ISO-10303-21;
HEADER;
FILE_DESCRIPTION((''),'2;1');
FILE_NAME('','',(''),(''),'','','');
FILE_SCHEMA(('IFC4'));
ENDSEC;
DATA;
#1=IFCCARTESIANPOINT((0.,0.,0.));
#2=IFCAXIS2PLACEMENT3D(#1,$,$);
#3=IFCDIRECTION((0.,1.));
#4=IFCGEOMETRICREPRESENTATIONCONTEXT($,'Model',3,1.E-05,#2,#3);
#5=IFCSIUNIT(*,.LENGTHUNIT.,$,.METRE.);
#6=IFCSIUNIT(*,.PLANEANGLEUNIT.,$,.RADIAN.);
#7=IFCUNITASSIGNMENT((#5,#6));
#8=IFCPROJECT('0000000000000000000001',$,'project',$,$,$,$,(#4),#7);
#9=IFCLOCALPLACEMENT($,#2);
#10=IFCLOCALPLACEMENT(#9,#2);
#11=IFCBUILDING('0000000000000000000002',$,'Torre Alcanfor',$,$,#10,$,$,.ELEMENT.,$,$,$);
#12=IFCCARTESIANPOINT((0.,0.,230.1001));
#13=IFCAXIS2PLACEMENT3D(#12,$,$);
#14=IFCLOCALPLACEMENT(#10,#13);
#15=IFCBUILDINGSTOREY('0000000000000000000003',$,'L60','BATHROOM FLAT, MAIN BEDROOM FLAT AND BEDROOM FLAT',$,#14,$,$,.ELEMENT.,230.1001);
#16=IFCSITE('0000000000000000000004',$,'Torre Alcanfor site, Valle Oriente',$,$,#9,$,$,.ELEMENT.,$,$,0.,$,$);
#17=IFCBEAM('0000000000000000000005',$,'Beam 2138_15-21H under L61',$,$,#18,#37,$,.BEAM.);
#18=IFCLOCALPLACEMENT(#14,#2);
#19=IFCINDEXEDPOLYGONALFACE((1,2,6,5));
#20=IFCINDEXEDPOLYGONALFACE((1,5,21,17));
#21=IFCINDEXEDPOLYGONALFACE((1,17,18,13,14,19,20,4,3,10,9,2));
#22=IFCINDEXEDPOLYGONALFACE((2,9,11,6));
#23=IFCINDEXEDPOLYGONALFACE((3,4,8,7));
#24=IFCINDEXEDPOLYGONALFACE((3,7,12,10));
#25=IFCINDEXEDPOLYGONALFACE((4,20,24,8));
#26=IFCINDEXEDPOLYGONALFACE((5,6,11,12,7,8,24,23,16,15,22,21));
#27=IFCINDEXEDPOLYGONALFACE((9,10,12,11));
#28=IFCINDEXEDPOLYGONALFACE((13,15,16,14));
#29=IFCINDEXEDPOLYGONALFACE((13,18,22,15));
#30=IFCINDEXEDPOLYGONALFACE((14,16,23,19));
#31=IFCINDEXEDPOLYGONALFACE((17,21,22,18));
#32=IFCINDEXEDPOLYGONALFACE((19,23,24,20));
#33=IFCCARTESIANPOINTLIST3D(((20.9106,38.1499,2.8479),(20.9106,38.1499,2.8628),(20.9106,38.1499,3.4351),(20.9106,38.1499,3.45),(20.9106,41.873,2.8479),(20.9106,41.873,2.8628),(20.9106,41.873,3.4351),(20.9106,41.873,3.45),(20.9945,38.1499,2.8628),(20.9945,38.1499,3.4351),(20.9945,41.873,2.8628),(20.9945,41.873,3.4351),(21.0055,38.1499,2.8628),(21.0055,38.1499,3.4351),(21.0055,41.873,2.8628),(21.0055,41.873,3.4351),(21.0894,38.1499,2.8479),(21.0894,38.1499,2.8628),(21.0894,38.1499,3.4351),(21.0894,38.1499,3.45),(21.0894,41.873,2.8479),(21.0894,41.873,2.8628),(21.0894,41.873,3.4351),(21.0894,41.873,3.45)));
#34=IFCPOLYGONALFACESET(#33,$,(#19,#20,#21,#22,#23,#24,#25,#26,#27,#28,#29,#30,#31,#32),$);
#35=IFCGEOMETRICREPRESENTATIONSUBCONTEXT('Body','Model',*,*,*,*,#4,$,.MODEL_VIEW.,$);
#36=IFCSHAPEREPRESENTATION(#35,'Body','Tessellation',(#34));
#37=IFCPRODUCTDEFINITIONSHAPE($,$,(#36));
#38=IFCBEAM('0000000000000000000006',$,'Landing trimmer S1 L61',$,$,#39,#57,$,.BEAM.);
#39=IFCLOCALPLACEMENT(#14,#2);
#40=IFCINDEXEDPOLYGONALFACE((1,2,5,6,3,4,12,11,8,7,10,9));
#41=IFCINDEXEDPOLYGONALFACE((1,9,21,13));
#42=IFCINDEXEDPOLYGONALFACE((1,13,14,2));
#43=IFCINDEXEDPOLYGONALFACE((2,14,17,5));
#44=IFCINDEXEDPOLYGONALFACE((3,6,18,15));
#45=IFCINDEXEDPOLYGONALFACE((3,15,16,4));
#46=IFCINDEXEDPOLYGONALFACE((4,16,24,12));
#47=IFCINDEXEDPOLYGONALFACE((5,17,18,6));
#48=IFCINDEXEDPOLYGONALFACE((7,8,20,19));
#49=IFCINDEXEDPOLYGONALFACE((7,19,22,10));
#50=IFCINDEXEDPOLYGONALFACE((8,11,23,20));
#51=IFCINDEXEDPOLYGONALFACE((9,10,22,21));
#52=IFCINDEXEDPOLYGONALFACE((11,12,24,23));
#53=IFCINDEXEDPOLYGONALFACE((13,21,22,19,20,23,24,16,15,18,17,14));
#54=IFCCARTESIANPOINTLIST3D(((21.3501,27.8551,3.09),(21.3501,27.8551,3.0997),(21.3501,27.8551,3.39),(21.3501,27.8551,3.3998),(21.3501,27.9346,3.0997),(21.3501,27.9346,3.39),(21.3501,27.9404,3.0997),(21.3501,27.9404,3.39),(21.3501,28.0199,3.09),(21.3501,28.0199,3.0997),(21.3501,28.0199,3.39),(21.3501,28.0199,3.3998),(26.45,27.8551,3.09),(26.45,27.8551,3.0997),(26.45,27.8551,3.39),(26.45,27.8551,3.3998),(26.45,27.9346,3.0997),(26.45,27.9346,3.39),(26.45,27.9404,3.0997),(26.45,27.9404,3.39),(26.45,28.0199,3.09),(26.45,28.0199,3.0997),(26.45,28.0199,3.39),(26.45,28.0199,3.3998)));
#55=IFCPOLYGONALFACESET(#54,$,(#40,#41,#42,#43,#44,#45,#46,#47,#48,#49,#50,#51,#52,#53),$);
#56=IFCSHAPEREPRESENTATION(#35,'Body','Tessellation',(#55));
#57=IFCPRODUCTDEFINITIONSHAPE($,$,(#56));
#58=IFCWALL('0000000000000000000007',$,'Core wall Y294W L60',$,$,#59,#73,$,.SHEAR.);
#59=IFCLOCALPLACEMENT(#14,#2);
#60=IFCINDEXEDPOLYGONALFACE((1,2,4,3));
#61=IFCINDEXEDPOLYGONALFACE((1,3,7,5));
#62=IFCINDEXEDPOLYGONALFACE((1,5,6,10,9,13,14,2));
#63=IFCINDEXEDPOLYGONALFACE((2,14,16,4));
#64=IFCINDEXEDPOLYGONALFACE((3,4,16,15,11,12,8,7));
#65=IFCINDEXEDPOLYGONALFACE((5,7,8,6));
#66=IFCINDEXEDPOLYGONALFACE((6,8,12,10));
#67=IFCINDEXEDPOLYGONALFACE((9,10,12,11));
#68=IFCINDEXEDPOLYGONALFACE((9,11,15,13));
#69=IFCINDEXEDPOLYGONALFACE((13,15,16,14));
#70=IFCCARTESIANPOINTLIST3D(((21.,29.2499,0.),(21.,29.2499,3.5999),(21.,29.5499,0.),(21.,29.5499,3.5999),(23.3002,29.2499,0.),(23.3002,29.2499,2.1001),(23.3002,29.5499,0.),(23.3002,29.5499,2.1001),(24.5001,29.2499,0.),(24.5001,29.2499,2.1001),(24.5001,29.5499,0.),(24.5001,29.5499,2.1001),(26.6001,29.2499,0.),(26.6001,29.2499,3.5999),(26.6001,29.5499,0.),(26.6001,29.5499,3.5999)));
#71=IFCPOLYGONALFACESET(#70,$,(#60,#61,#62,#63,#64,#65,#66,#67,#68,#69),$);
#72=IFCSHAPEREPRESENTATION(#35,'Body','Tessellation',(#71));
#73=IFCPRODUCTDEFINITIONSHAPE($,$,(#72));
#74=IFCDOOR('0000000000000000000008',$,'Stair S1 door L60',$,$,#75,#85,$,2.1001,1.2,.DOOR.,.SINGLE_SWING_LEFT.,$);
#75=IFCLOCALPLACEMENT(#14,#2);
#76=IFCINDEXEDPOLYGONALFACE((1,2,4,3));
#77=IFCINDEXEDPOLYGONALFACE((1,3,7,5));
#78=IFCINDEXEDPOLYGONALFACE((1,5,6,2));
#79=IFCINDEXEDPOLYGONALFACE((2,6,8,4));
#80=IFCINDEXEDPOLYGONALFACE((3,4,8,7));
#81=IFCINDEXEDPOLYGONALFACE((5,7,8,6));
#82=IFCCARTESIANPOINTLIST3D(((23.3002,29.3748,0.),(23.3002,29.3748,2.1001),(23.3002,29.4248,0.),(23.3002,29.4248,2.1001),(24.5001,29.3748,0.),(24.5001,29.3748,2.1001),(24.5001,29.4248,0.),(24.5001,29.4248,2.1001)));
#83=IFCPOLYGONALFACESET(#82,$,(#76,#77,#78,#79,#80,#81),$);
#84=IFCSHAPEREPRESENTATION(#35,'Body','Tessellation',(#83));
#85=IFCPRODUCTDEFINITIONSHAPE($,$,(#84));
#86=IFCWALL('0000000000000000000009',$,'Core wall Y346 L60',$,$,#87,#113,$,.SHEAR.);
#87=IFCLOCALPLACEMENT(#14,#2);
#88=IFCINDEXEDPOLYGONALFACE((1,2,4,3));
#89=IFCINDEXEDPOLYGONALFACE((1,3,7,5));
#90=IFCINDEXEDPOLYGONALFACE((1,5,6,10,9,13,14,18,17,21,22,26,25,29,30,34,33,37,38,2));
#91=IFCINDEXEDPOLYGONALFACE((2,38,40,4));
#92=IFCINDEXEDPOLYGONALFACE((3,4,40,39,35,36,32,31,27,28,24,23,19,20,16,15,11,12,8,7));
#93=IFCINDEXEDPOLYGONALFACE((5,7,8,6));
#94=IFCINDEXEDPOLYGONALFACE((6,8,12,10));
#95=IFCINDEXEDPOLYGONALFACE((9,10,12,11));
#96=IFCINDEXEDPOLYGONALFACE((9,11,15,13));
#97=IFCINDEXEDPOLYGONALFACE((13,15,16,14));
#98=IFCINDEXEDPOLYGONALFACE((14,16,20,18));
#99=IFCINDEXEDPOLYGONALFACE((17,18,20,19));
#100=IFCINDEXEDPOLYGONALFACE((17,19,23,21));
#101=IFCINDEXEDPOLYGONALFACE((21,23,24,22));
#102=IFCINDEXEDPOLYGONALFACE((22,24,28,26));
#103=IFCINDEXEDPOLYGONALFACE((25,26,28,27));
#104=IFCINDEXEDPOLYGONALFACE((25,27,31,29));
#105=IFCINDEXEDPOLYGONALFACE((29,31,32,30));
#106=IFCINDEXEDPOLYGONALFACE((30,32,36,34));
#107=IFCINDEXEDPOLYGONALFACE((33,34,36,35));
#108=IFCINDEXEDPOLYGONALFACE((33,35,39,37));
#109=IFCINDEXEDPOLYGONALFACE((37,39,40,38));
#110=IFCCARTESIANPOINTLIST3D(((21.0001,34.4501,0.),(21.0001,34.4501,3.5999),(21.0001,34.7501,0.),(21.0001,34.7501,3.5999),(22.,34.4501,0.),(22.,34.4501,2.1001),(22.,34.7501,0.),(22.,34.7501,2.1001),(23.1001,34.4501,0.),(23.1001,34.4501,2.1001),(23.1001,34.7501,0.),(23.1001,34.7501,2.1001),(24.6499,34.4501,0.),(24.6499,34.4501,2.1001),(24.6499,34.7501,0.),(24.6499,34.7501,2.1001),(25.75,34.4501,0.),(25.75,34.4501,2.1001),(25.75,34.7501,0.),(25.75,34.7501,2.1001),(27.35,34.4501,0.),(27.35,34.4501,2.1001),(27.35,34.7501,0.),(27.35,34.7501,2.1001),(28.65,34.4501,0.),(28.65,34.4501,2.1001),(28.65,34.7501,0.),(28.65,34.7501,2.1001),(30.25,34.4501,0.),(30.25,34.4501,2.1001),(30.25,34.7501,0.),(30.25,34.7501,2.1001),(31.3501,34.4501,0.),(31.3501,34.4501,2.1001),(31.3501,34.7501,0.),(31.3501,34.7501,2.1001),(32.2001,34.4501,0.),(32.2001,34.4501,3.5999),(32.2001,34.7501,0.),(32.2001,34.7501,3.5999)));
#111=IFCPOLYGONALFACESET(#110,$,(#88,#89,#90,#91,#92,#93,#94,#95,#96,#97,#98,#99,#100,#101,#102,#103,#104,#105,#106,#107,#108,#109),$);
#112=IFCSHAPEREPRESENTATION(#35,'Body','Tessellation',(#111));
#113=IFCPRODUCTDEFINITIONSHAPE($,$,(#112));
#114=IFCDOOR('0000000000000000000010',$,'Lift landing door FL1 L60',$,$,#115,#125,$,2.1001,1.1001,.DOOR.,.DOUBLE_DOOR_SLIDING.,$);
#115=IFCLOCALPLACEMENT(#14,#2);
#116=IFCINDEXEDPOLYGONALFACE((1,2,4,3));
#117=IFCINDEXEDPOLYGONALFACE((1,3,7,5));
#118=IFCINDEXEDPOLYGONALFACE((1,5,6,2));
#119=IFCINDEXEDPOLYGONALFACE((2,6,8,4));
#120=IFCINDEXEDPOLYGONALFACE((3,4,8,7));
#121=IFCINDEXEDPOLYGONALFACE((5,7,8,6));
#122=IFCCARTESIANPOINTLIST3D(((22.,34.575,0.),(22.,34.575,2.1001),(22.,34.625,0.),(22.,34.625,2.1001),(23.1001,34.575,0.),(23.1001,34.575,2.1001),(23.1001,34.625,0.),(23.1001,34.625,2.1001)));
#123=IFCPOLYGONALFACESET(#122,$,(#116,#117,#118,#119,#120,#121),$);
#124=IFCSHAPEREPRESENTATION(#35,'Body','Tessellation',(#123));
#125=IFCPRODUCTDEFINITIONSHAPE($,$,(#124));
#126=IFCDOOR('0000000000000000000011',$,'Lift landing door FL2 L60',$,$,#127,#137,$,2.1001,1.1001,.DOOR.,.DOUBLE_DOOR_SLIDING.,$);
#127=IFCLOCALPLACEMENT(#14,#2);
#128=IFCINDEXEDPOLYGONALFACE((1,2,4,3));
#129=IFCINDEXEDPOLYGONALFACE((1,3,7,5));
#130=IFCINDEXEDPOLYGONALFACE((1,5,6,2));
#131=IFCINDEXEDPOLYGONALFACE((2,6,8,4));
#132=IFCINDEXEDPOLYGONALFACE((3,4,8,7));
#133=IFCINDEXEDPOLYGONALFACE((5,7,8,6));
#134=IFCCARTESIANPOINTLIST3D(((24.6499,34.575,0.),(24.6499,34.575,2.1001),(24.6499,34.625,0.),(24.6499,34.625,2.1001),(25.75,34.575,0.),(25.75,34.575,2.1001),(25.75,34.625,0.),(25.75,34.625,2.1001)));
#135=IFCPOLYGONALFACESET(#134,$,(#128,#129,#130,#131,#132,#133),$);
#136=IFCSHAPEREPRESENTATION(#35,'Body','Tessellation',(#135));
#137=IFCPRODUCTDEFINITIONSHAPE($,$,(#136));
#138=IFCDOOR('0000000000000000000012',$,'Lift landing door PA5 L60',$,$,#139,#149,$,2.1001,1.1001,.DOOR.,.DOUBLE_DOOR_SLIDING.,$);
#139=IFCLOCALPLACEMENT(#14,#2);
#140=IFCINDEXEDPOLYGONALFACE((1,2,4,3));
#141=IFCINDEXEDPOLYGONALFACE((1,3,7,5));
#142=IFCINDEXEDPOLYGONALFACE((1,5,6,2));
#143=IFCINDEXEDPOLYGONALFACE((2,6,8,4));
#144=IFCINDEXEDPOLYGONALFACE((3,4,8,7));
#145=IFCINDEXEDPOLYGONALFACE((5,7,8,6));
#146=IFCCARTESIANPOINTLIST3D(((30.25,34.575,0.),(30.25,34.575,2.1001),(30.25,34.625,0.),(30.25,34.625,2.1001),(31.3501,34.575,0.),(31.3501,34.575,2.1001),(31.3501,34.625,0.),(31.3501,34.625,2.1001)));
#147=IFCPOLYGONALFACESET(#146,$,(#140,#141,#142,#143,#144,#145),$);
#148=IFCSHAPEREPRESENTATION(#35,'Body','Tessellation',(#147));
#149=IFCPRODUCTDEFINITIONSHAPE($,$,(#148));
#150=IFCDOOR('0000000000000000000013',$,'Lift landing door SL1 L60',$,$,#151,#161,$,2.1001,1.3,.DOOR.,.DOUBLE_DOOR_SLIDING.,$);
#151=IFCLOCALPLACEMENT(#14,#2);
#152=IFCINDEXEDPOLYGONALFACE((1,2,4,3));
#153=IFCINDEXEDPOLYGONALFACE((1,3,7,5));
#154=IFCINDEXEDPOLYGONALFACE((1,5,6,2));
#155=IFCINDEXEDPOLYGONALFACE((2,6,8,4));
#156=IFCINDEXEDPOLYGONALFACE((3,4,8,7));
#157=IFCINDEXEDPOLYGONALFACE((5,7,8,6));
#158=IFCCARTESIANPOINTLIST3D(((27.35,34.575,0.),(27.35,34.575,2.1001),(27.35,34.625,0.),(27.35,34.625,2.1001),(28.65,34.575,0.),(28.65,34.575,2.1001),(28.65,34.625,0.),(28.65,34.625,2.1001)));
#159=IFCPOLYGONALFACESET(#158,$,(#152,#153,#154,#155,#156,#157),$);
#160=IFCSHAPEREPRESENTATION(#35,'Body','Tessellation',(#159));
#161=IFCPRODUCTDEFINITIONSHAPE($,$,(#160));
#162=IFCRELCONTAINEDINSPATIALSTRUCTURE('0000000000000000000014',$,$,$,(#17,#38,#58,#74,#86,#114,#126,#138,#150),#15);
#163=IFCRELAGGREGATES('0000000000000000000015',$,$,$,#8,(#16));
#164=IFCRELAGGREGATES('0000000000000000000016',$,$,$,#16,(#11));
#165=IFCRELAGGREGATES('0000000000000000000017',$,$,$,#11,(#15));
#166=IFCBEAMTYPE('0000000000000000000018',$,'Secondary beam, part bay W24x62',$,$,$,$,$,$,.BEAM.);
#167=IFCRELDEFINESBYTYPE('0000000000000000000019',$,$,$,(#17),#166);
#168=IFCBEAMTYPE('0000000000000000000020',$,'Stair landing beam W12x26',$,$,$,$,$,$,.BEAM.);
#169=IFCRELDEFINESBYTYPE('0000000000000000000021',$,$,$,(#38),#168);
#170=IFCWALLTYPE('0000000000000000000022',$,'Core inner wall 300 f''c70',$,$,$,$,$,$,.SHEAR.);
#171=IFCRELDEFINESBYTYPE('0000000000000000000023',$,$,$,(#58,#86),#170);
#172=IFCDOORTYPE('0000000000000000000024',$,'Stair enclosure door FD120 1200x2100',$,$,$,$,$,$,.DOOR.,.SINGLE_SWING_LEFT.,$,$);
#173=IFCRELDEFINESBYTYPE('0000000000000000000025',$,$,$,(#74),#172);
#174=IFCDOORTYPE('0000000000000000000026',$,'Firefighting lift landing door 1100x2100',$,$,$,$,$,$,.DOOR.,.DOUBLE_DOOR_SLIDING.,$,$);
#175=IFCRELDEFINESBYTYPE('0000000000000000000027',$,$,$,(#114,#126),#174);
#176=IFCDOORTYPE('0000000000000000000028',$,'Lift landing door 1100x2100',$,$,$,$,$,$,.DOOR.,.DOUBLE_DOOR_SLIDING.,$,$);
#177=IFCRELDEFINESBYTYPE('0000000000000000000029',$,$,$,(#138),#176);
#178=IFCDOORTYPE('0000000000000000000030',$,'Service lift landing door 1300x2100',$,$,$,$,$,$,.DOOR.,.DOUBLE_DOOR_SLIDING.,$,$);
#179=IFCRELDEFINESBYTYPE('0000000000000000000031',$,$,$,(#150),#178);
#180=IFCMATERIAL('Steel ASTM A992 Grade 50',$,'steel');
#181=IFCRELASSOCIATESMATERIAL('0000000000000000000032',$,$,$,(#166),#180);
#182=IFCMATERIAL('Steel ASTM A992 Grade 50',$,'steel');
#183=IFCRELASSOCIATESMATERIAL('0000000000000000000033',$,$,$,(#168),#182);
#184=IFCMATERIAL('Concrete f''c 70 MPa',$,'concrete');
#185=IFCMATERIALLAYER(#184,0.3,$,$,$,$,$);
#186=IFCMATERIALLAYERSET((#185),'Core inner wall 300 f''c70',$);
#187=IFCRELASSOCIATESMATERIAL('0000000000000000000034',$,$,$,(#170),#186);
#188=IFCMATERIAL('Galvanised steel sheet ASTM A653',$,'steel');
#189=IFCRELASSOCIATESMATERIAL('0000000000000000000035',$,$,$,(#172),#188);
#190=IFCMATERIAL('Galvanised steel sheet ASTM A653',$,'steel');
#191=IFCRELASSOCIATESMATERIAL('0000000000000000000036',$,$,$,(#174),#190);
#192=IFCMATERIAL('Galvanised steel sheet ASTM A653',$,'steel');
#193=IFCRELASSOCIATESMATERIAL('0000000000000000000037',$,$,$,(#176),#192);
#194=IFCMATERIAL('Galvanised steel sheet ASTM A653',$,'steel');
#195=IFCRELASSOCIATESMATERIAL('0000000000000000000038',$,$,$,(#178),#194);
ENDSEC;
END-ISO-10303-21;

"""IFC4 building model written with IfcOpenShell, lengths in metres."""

from ifc_helpers import new_model, si_unit, direction, frame, frame_2d, origin, origin_2d, place, context, subcontext, project, spatial, rectangle, i_section, extrude, material, layer, layer_set, material_profile, profile_set, type_object, element, fill, save


model = new_model("IFC4")

# Units and contexts
model_context = context("Model", 3, precision=1e-05, world=origin(), true_north=direction((0.0, 1.0)))
body_context = subcontext(model_context, "Body", "Model", "MODEL_VIEW")
ifc_project = project(units=[si_unit("LENGTHUNIT", "METRE"), si_unit("PLANEANGLEUNIT", "RADIAN")], contexts=[model_context])

# Site, building, storey
site_placement = place(None, origin())
site = spatial("IfcSite", under=ifc_project, at=site_placement, Name="Torre Alcanfor site, Valle Oriente", CompositionType="ELEMENT", RefElevation=0.0)
building_placement = place(site_placement, origin())
building = spatial("IfcBuilding", under=site, at=building_placement, Name="Torre Alcanfor", CompositionType="ELEMENT")
storey_placement = place(building_placement, frame((0.0, 0.0, 230.1001)))
storey = spatial("IfcBuildingStorey", under=building, at=storey_placement, Name="L60", Description="BATHROOM FLAT, MAIN BEDROOM FLAT AND BEDROOM FLAT", CompositionType="ELEMENT", Elevation=230.1001)

# Beams
ifc_material_1 = material(Name="Steel ASTM A992 Grade 50", Category="steel")
ifc_material_profile_1 = material_profile(ifc_material_1, i_section(OverallWidth=0.1787, OverallDepth=0.6021, WebThickness=0.011, FlangeThickness=0.0149, at=origin_2d()), Name="W24x62")
ifc_profile_set_1 = profile_set([ifc_material_profile_1], Name="Steel ASTM A992 Grade 50")
beam_type_1 = type_object("IfcBeamType", Name="Secondary beam, part bay W24x62", PredefinedType="BEAM", material=ifc_profile_set_1)
beam_1_placement = place(storey_placement, frame((21.0, 38.1499, 3.1489), z_axis=(0.0, 1.0, 0.0), x_axis=(-1.0, 0.0, 0.0)))
element("IfcBeam", 1, at=beam_1_placement, inside=storey, type_object=beam_type_1, Name="Beam 2138_15-21H under L61", PredefinedType="BEAM", context=body_context, shape_type="SweptSolid", body=[
    extrude(i_section(OverallWidth=0.1787, OverallDepth=0.6021, WebThickness=0.011, FlangeThickness=0.0149, at=origin_2d()), origin(), (0.0, 0.0, 1.0), 3.7231),
])
ifc_material_2 = material(Name="Steel ASTM A992 Grade 50", Category="steel")
ifc_material_profile_2 = material_profile(ifc_material_2, i_section(OverallWidth=0.1648, OverallDepth=0.3098, WebThickness=0.0059, FlangeThickness=0.0098, at=origin_2d()), Name="W12x26")
ifc_profile_set_2 = profile_set([ifc_material_profile_2], Name="Steel ASTM A992 Grade 50")
beam_type_2 = type_object("IfcBeamType", Name="Stair landing beam W12x26", PredefinedType="BEAM", material=ifc_profile_set_2)
beam_2_placement = place(storey_placement, frame((21.3501, 27.9375, 3.2449), z_axis=(1.0, 0.0, 0.0), x_axis=(0.0, 1.0, 0.0)))
element("IfcBeam", 2, at=beam_2_placement, inside=storey, type_object=beam_type_2, Name="Landing trimmer S1 L61", PredefinedType="BEAM", context=body_context, shape_type="SweptSolid", body=[
    extrude(i_section(OverallWidth=0.1648, OverallDepth=0.3098, WebThickness=0.0059, FlangeThickness=0.0098, at=origin_2d()), origin(), (0.0, 0.0, 1.0), 5.0999),
])

# Wall, opening, door
ifc_material_3 = material(Name="Concrete f'c 70 MPa", Category="concrete")
ifc_layer_1 = layer(ifc_material_3, 0.3)
ifc_layer_set_1 = layer_set([ifc_layer_1], Name="Core inner wall 300 f'c70")
wall_type_1 = type_object("IfcWallType", Name="Core inner wall 300 f'c70", PredefinedType="SHEAR", material=ifc_layer_set_1)
wall_1_placement = place(storey_placement, frame((21.0, 29.3999, 0.0), z_axis=(0.0, 0.0, 1.0), x_axis=(1.0, 0.0, 0.0)))
wall_1 = element("IfcWall", 3, at=wall_1_placement, inside=storey, type_object=wall_type_1, Name="Core wall Y294W L60", PredefinedType="SHEAR", context=body_context, shape_type="SweptSolid", body=[
    extrude(rectangle(XDim=5.6001, YDim=0.3, at=frame_2d((2.8, 0.0))), origin(), (0.0, 0.0, 1.0), 3.5999),
])
opening_1_placement = place(wall_1_placement, frame((2.3, 0.0, 0.0)))
opening_1 = element("IfcOpeningElement", 4, at=opening_1_placement, cuts=wall_1, PredefinedType="OPENING", context=body_context, shape_type="SweptSolid", body=[
    extrude(rectangle(XDim=1.2, YDim=2.1001, at=frame_2d((0.6001, 1.05))), frame((0.0, 0.1599, 0.0), z_axis=(0.0, -1.0, 0.0), x_axis=(1.0, 0.0, 0.0)), (0.0, 0.0, 1.0), 0.3201),
])
ifc_material_4 = material(Name="Galvanised steel sheet ASTM A653", Category="steel")
door_type_1 = type_object("IfcDoorType", Name="Stair enclosure door FD120 1200x2100", OperationType="SINGLE_SWING_LEFT", PredefinedType="DOOR", material=ifc_material_4)
door_1_placement = place(opening_1_placement, frame((1.2, 0.0, 0.0), z_axis=(0.0, 0.0, 1.0), x_axis=(-1.0, 0.0, 0.0)))
door_1 = element("IfcDoor", 5, at=door_1_placement, inside=storey, type_object=door_type_1, Name="Stair S1 door L60", OperationType="SINGLE_SWING_LEFT", OverallHeight=2.1001, OverallWidth=1.2, PredefinedType="DOOR", context=body_context, shape_type="SweptSolid", body=[
    extrude(rectangle(XDim=1.2, YDim=2.1001, at=frame_2d((0.5999, 1.05))), frame((0.0, 0.0251, 0.0), z_axis=(0.0, -1.0, 0.0), x_axis=(1.0, 0.0, 0.0)), (0.0, 0.0, 1.0), 0.05),
])
fill(opening_1, door_1)

# Wall, openings, doors
wall_2_placement = place(storey_placement, frame((21.0, 34.6001, 0.0), z_axis=(0.0, 0.0, 1.0), x_axis=(1.0, 0.0, 0.0)))
wall_2 = element("IfcWall", 6, at=wall_2_placement, inside=storey, type_object=wall_type_1, Name="Core wall Y346 L60", PredefinedType="SHEAR", context=body_context, shape_type="SweptSolid", body=[
    extrude(rectangle(XDim=11.2, YDim=0.3, at=frame_2d((5.6001, 0.0))), origin(), (0.0, 0.0, 1.0), 3.5999),
])
opening_2_placement = place(wall_2_placement, frame((9.25, 0.0, 0.0)))
opening_2 = element("IfcOpeningElement", 7, at=opening_2_placement, cuts=wall_2, PredefinedType="OPENING", context=body_context, shape_type="SweptSolid", body=[
    extrude(rectangle(XDim=1.1001, YDim=2.1001, at=frame_2d((0.55, 1.05))), frame((0.0, 0.1599, 0.0), z_axis=(0.0, -1.0, 0.0), x_axis=(1.0, 0.0, 0.0)), (0.0, 0.0, 1.0), 0.3201),
])
opening_3_placement = place(wall_2_placement, frame((1.0, 0.0, 0.0)))
opening_3 = element("IfcOpeningElement", 8, at=opening_3_placement, cuts=wall_2, PredefinedType="OPENING", context=body_context, shape_type="SweptSolid", body=[
    extrude(rectangle(XDim=1.1001, YDim=2.1001, at=frame_2d((0.55, 1.05))), frame((0.0, 0.1599, 0.0), z_axis=(0.0, -1.0, 0.0), x_axis=(1.0, 0.0, 0.0)), (0.0, 0.0, 1.0), 0.3201),
])
opening_4_placement = place(wall_2_placement, frame((3.6499, 0.0, 0.0)))
opening_4 = element("IfcOpeningElement", 9, at=opening_4_placement, cuts=wall_2, PredefinedType="OPENING", context=body_context, shape_type="SweptSolid", body=[
    extrude(rectangle(XDim=1.1001, YDim=2.1001, at=frame_2d((0.55, 1.05))), frame((0.0, 0.1599, 0.0), z_axis=(0.0, -1.0, 0.0), x_axis=(1.0, 0.0, 0.0)), (0.0, 0.0, 1.0), 0.3201),
])
opening_5_placement = place(wall_2_placement, frame((6.3501, 0.0, 0.0)))
opening_5 = element("IfcOpeningElement", 10, at=opening_5_placement, cuts=wall_2, PredefinedType="OPENING", context=body_context, shape_type="SweptSolid", body=[
    extrude(rectangle(XDim=1.3, YDim=2.1001, at=frame_2d((0.6499, 1.05))), frame((0.0, 0.1599, 0.0), z_axis=(0.0, -1.0, 0.0), x_axis=(1.0, 0.0, 0.0)), (0.0, 0.0, 1.0), 0.3201),
])
ifc_material_5 = material(Name="Galvanised steel sheet ASTM A653", Category="steel")
door_type_2 = type_object("IfcDoorType", Name="Firefighting lift landing door 1100x2100", OperationType="DOUBLE_DOOR_SLIDING", PredefinedType="DOOR", material=ifc_material_5)
door_2_placement = place(opening_3_placement, origin())
door_2 = element("IfcDoor", 11, at=door_2_placement, inside=storey, type_object=door_type_2, Name="Lift landing door FL1 L60", OperationType="DOUBLE_DOOR_SLIDING", OverallHeight=2.1001, OverallWidth=1.1001, PredefinedType="DOOR", context=body_context, shape_type="SweptSolid", body=[
    extrude(rectangle(XDim=1.1001, YDim=2.1001, at=frame_2d((0.55, 1.05))), frame((0.0, 0.0249, 0.0), z_axis=(0.0, -1.0, 0.0), x_axis=(1.0, 0.0, 0.0)), (0.0, 0.0, 1.0), 0.05),
])
fill(opening_3, door_2)
door_3_placement = place(opening_4_placement, origin())
door_3 = element("IfcDoor", 12, at=door_3_placement, inside=storey, type_object=door_type_2, Name="Lift landing door FL2 L60", OperationType="DOUBLE_DOOR_SLIDING", OverallHeight=2.1001, OverallWidth=1.1001, PredefinedType="DOOR", context=body_context, shape_type="SweptSolid", body=[
    extrude(rectangle(XDim=1.1001, YDim=2.1001, at=frame_2d((0.55, 1.05))), frame((0.0, 0.0249, 0.0), z_axis=(0.0, -1.0, 0.0), x_axis=(1.0, 0.0, 0.0)), (0.0, 0.0, 1.0), 0.05),
])
fill(opening_4, door_3)
ifc_material_6 = material(Name="Galvanised steel sheet ASTM A653", Category="steel")
door_type_3 = type_object("IfcDoorType", Name="Lift landing door 1100x2100", OperationType="DOUBLE_DOOR_SLIDING", PredefinedType="DOOR", material=ifc_material_6)
door_4_placement = place(opening_2_placement, origin())
door_4 = element("IfcDoor", 13, at=door_4_placement, inside=storey, type_object=door_type_3, Name="Lift landing door PA5 L60", OperationType="DOUBLE_DOOR_SLIDING", OverallHeight=2.1001, OverallWidth=1.1001, PredefinedType="DOOR", context=body_context, shape_type="SweptSolid", body=[
    extrude(rectangle(XDim=1.1001, YDim=2.1001, at=frame_2d((0.55, 1.05))), frame((0.0, 0.0249, 0.0), z_axis=(0.0, -1.0, 0.0), x_axis=(1.0, 0.0, 0.0)), (0.0, 0.0, 1.0), 0.05),
])
fill(opening_2, door_4)
ifc_material_7 = material(Name="Galvanised steel sheet ASTM A653", Category="steel")
door_type_4 = type_object("IfcDoorType", Name="Service lift landing door 1300x2100", OperationType="DOUBLE_DOOR_SLIDING", PredefinedType="DOOR", material=ifc_material_7)
door_5_placement = place(opening_5_placement, origin())
door_5 = element("IfcDoor", 14, at=door_5_placement, inside=storey, type_object=door_type_4, Name="Lift landing door SL1 L60", OperationType="DOUBLE_DOOR_SLIDING", OverallHeight=2.1001, OverallWidth=1.3, PredefinedType="DOOR", context=body_context, shape_type="SweptSolid", body=[
    extrude(rectangle(XDim=1.3, YDim=2.1001, at=frame_2d((0.6499, 1.05))), frame((0.0, 0.0249, 0.0), z_axis=(0.0, -1.0, 0.0), x_axis=(1.0, 0.0, 0.0)), (0.0, 0.0, 1.0), 0.05),
])
fill(opening_5, door_5)

save(model, "model.ifc")
